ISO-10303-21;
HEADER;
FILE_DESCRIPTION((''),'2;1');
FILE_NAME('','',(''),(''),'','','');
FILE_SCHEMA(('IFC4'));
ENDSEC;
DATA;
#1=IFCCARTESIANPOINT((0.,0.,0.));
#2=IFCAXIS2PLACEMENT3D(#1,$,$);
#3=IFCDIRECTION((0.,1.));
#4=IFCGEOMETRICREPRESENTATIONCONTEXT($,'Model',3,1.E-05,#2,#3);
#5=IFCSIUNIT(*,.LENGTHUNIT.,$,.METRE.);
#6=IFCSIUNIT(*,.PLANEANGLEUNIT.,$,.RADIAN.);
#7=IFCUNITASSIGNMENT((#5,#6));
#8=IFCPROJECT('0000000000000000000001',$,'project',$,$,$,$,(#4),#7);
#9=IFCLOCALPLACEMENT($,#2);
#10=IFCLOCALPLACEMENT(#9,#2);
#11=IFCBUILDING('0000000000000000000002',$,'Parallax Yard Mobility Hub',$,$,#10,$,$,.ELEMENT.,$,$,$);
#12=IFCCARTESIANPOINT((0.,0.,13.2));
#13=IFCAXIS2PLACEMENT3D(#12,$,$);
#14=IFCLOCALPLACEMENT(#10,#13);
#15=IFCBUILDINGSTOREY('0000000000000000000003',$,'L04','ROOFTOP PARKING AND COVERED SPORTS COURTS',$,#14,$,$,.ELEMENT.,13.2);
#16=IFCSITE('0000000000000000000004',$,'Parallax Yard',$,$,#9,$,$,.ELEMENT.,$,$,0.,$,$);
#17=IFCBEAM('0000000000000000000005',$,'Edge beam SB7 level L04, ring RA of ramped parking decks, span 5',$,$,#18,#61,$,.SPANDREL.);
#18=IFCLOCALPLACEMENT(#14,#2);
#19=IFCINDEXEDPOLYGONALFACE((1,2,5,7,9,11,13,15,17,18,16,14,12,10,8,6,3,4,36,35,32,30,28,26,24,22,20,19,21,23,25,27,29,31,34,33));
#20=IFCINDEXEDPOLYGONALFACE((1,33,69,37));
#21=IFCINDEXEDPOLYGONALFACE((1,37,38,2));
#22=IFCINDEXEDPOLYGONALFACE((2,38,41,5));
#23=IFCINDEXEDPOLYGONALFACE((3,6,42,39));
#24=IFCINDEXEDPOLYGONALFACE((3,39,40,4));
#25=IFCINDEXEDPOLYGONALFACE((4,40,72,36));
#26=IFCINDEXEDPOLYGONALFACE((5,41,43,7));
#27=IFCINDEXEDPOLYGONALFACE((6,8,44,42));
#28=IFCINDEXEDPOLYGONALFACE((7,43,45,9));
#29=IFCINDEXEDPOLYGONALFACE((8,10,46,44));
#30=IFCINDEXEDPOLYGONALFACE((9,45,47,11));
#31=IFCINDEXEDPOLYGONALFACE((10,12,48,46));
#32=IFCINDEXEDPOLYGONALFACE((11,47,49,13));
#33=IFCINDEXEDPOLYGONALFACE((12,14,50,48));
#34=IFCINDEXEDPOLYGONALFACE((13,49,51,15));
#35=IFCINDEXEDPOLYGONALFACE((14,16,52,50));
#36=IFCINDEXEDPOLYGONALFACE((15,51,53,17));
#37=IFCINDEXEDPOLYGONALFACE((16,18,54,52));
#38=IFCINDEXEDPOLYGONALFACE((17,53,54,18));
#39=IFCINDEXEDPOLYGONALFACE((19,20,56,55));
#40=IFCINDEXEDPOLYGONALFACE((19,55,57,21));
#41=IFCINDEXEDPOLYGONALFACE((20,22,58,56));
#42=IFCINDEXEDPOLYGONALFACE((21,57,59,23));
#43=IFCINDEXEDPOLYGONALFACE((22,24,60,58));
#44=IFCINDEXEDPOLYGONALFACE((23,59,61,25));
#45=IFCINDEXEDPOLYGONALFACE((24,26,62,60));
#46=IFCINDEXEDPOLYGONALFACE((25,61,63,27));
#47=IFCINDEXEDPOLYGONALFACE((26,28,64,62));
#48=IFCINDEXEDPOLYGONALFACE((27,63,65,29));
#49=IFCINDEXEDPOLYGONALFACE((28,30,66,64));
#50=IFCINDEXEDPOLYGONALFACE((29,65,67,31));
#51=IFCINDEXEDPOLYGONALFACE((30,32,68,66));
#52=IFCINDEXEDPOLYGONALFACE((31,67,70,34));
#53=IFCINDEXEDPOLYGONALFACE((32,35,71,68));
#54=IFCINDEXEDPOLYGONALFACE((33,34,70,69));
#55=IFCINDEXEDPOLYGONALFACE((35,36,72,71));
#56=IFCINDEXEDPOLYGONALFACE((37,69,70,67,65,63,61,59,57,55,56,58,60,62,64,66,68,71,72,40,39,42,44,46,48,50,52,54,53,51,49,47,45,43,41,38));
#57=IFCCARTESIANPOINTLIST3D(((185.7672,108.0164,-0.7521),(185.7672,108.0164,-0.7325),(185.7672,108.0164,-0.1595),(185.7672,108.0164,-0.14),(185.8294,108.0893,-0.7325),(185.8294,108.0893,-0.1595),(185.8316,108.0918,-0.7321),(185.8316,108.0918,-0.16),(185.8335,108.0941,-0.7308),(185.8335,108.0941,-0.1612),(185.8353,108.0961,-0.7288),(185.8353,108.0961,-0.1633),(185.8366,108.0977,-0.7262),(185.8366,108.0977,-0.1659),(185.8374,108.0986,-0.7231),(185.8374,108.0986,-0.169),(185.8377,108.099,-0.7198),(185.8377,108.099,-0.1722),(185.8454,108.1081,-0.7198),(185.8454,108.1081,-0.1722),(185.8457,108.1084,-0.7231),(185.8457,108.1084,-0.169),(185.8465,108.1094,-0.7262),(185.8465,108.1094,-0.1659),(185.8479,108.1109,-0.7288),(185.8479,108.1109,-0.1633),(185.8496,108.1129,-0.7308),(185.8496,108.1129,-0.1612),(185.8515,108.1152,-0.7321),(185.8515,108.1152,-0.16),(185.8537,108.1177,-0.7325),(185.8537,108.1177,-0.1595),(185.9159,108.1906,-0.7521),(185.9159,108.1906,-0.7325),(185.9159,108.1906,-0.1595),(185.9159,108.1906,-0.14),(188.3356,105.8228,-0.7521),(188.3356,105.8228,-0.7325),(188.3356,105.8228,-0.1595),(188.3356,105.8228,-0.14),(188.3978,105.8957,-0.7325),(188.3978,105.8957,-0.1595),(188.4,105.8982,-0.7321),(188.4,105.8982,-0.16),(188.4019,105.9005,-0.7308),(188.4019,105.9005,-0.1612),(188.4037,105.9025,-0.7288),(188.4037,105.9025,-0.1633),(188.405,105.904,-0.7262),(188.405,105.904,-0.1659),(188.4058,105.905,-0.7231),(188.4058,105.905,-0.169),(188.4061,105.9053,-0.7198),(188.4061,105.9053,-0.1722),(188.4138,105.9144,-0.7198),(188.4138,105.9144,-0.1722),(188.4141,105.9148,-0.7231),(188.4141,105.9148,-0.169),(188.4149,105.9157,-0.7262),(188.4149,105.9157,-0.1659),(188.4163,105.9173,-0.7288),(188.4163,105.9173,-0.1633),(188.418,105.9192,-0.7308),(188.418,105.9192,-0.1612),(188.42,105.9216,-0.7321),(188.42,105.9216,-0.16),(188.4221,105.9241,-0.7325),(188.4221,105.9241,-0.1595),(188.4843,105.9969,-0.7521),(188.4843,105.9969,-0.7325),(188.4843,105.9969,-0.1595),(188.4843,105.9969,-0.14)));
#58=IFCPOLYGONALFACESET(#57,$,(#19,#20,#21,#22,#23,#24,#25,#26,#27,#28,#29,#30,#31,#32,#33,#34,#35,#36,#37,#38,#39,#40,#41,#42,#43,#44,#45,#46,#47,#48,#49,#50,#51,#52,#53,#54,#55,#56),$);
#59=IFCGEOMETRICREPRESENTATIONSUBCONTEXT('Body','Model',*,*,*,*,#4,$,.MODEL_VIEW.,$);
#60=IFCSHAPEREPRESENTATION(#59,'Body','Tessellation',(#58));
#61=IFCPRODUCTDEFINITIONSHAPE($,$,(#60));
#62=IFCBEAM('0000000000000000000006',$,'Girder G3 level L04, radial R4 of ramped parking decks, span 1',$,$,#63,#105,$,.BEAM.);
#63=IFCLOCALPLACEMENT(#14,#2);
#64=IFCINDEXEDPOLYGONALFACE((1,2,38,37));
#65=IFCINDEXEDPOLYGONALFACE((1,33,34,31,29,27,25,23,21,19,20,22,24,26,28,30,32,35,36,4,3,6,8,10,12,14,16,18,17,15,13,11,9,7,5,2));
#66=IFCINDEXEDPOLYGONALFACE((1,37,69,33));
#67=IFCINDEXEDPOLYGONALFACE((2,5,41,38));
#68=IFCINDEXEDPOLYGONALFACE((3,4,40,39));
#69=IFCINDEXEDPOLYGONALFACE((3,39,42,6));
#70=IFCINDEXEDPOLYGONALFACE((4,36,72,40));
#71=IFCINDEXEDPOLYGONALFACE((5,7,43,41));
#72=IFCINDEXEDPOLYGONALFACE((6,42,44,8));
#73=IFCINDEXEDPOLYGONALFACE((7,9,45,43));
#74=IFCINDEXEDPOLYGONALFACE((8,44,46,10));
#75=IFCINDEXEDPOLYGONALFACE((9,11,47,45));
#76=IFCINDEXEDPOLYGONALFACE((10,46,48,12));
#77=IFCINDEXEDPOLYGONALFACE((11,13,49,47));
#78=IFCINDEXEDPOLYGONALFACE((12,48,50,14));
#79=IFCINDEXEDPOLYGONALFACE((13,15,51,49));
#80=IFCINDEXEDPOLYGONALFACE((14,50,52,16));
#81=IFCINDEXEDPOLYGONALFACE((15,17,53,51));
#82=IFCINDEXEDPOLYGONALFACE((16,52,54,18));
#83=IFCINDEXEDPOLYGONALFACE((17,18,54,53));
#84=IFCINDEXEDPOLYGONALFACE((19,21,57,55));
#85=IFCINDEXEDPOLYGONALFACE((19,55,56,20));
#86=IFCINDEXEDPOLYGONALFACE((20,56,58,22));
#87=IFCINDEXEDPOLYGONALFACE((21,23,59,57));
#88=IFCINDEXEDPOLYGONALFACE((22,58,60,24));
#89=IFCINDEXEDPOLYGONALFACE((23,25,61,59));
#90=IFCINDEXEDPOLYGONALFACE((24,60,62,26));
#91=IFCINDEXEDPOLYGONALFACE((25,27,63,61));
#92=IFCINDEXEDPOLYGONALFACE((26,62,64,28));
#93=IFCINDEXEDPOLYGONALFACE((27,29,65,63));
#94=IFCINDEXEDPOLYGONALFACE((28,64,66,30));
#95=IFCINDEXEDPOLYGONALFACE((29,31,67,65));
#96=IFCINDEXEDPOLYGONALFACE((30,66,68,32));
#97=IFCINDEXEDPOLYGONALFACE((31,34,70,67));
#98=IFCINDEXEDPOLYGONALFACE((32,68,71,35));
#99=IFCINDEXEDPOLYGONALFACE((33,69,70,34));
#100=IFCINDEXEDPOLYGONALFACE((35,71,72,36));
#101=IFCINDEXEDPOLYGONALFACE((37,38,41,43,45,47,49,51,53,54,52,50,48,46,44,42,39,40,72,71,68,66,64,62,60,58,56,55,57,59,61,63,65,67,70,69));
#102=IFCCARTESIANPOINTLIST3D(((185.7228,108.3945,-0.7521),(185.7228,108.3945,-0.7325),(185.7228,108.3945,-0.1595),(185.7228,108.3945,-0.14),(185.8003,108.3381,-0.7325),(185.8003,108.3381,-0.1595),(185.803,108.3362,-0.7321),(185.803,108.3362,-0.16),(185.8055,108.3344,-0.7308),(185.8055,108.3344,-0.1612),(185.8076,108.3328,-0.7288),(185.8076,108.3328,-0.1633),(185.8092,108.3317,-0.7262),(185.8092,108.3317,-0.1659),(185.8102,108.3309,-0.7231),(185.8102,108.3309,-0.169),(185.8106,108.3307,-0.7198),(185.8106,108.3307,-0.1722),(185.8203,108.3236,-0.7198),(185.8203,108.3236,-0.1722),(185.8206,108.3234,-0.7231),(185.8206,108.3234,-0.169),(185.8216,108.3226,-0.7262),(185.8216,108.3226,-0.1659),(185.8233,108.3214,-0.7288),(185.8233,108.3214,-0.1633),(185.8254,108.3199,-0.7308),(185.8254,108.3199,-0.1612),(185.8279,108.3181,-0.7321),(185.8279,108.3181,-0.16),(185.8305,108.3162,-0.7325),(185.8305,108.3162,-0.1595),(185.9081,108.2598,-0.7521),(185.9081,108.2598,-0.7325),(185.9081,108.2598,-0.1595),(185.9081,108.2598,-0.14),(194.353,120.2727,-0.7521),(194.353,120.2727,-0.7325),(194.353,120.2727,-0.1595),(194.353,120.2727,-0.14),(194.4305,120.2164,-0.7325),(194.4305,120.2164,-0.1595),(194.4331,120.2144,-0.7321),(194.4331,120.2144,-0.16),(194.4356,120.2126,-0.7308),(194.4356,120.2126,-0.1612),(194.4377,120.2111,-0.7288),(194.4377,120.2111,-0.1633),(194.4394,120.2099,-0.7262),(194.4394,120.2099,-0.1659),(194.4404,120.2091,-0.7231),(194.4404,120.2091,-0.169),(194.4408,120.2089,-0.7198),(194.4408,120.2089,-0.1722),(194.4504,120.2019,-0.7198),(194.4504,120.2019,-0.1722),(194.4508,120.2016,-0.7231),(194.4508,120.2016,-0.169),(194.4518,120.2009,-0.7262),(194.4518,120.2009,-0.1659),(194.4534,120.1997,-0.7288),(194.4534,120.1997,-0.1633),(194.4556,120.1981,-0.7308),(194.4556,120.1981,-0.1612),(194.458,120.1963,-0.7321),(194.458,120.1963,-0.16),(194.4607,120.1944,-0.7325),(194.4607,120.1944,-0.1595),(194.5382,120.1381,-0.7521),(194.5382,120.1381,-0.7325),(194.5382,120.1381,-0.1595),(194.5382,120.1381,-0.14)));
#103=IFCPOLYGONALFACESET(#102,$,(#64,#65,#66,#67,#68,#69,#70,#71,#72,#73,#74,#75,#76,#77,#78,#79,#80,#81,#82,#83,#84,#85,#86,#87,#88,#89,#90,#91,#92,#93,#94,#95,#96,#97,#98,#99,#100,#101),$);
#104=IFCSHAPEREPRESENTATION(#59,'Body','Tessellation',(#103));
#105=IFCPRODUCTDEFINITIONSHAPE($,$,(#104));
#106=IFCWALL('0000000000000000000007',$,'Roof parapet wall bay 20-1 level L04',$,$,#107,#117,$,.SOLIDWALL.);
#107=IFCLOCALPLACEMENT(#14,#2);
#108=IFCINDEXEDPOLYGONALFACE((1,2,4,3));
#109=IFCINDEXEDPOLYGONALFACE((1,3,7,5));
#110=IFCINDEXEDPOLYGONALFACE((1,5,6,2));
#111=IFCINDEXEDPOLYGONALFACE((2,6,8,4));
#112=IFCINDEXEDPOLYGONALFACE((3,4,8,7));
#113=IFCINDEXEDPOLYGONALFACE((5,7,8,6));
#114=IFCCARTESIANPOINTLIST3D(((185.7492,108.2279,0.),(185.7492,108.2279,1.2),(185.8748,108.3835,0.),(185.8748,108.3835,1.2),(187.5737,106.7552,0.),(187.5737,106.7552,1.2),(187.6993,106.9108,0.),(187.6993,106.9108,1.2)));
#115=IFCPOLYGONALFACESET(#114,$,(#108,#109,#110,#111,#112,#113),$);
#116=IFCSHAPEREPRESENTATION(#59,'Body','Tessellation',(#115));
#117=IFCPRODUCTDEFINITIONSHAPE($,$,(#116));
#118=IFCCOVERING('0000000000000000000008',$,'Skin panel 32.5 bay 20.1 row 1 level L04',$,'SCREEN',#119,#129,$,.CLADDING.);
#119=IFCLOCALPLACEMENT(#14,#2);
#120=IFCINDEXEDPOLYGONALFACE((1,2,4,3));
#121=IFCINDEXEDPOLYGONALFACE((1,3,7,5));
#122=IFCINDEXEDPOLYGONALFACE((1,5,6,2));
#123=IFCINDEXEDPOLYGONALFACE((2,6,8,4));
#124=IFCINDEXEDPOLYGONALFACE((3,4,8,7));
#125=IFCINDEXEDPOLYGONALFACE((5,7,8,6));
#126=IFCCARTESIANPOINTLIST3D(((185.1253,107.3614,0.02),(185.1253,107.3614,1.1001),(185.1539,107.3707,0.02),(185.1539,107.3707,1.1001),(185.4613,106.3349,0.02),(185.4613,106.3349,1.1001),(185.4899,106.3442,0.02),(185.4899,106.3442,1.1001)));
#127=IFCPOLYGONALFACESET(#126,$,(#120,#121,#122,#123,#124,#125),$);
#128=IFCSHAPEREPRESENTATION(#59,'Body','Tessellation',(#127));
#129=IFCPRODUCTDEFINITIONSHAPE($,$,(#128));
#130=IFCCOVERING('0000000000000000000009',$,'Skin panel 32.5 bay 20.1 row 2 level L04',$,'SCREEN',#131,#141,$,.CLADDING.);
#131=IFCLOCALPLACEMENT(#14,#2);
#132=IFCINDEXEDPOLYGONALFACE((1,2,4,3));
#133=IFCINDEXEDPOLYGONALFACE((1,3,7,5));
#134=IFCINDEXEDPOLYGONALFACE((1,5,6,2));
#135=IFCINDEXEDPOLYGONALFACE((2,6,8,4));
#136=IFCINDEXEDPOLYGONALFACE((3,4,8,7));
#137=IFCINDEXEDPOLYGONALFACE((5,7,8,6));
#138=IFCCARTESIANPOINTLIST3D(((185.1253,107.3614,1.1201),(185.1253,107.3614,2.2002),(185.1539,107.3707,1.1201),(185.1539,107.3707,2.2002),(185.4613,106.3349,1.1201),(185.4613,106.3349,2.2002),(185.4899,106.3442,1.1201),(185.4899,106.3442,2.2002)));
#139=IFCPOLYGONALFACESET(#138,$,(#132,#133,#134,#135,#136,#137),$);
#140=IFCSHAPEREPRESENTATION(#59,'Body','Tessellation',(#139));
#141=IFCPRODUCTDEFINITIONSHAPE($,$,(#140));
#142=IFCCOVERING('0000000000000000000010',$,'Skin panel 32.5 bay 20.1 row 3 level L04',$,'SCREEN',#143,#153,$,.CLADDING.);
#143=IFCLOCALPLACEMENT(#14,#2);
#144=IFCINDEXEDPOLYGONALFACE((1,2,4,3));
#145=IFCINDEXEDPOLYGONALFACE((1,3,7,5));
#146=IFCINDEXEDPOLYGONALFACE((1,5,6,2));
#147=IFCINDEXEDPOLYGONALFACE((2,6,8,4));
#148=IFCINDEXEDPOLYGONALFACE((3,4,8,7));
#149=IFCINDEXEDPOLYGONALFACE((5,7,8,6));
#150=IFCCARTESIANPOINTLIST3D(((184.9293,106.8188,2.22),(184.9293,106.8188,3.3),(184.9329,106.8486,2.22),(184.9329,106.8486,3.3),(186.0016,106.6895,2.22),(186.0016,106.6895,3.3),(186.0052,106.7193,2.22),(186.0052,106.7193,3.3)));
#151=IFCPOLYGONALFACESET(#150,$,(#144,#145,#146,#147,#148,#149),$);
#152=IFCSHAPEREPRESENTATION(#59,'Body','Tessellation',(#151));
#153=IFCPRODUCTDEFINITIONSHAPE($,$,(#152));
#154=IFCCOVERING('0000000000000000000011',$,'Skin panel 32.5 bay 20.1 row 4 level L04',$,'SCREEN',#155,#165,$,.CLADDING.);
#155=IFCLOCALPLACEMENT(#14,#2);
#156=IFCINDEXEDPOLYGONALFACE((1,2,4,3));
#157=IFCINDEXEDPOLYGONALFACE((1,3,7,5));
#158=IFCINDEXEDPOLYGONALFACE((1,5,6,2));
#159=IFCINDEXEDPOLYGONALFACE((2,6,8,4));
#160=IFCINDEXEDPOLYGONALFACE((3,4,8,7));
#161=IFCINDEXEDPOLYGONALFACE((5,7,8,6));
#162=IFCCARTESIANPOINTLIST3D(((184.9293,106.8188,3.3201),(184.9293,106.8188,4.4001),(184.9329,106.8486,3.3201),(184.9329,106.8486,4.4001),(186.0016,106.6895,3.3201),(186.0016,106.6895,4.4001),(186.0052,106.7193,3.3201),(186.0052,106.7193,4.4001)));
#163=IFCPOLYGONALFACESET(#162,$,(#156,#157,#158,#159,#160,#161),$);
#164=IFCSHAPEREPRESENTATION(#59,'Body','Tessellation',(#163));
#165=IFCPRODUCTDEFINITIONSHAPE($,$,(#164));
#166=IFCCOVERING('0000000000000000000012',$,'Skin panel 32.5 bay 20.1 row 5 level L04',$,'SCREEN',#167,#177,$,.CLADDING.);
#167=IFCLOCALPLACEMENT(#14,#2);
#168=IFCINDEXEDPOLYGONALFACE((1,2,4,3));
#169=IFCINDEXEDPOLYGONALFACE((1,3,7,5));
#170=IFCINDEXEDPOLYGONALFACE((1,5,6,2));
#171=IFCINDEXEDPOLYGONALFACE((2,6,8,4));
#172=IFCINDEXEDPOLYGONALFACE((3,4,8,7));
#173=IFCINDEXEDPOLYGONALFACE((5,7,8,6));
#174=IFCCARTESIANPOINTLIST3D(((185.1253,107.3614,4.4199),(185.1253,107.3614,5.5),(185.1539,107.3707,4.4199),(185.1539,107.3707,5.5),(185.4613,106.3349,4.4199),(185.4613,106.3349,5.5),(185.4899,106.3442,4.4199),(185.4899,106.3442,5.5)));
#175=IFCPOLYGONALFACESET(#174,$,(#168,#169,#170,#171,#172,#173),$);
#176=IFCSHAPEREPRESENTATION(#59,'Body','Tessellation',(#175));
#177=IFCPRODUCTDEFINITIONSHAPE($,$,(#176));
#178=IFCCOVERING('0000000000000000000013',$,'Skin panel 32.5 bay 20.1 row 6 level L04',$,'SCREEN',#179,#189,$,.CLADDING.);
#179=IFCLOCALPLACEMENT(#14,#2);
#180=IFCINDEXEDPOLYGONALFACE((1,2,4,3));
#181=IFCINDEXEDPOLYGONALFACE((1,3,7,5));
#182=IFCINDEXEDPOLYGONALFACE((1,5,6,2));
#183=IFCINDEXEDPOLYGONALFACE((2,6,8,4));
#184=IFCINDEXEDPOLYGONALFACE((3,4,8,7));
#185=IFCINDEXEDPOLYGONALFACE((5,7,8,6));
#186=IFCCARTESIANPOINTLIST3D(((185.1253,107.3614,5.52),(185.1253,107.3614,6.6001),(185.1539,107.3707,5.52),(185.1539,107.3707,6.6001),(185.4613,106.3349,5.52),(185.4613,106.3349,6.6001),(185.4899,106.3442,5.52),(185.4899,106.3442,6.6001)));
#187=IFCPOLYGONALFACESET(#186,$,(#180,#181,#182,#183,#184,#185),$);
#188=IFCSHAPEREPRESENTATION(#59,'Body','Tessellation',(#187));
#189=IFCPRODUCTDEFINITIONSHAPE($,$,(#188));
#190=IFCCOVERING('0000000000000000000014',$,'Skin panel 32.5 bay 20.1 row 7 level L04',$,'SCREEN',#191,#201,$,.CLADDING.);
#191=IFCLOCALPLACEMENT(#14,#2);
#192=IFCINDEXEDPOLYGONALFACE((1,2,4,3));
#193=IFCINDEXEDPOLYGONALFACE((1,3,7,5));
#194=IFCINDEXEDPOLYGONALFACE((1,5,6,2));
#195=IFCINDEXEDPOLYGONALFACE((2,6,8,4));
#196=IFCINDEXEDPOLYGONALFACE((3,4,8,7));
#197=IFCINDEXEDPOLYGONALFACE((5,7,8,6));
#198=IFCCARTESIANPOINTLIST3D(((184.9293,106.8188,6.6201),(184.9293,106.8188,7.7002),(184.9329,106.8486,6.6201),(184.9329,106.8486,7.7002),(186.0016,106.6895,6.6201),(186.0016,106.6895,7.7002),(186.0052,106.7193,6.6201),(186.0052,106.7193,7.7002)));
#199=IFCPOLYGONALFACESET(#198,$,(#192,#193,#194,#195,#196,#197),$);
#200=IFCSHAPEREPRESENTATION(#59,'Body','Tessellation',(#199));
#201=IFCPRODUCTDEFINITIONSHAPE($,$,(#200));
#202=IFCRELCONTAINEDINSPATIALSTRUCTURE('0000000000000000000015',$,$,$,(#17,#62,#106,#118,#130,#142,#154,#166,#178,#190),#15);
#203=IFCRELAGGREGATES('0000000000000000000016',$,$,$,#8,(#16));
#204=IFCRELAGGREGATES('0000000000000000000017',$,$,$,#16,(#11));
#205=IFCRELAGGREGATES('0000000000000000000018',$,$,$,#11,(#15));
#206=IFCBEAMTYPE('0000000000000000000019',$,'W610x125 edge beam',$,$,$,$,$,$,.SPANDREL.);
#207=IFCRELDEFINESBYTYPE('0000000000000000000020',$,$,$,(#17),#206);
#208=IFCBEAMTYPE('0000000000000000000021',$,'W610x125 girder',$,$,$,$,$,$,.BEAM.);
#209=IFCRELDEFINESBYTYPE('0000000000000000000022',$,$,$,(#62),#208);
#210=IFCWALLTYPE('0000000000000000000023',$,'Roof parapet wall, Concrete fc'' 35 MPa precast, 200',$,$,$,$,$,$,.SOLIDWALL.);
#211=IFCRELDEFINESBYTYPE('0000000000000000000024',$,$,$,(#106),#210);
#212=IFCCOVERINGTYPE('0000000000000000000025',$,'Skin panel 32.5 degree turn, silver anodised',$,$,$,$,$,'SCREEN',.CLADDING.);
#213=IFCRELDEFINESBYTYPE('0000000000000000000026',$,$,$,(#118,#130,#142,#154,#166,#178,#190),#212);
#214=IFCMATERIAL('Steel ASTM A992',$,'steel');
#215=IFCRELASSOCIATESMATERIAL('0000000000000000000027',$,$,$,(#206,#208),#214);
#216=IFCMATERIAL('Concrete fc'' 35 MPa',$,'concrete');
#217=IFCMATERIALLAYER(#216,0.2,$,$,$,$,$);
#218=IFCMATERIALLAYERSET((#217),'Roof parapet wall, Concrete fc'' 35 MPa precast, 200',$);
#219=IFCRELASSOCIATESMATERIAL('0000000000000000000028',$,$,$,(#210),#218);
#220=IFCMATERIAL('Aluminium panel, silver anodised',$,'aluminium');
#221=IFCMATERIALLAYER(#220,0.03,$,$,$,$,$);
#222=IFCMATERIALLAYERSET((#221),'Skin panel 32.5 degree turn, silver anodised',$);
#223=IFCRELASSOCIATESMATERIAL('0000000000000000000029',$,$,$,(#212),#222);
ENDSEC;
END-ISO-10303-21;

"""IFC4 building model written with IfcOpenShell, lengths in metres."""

from ifc_helpers import new_model, si_unit, direction, frame, frame_2d, origin, origin_2d, place, context, subcontext, project, spatial, rectangle, i_section, extrude, material, layer, layer_set, material_profile, profile_set, type_object, element, save


model = new_model("IFC4")

# Units and contexts
model_context = context("Model", 3, precision=1e-05, world=origin(), true_north=direction((0.0, 1.0)))
body_context = subcontext(model_context, "Body", "Model", "MODEL_VIEW")
ifc_project = project(units=[si_unit("LENGTHUNIT", "METRE"), si_unit("PLANEANGLEUNIT", "RADIAN")], contexts=[model_context])

# Site, building, storey
site_placement = place(None, origin())
site = spatial("IfcSite", under=ifc_project, at=site_placement, Name="Parallax Yard", CompositionType="ELEMENT", RefElevation=0.0)
building_placement = place(site_placement, origin())
building = spatial("IfcBuilding", under=site, at=building_placement, Name="Parallax Yard Mobility Hub", CompositionType="ELEMENT")
storey_placement = place(building_placement, frame((0.0, 0.0, 13.2)))
storey = spatial("IfcBuildingStorey", under=building, at=storey_placement, Name="L04", Description="ROOFTOP PARKING AND COVERED SPORTS COURTS", CompositionType="ELEMENT", Elevation=13.2)

# Shared definitions
ifc_material_1 = material(Name="Steel ASTM A992", Category="steel")

# Beams
ifc_material_profile_1 = material_profile(ifc_material_1, i_section(OverallWidth=0.229, OverallDepth=0.6121, WebThickness=0.012, FlangeThickness=0.0195, FilletRadius=0.0127, at=origin_2d()), Name="W610x125")
ifc_profile_set_1 = profile_set([ifc_material_profile_1], Name="Steel ASTM A992")
beam_type_1 = type_object("IfcBeamType", Name="W610x125 edge beam", PredefinedType="SPANDREL", material=ifc_profile_set_1)
beam_1_placement = place(storey_placement, frame((185.8416, 108.1035, -0.446), z_axis=(0.760403, -0.649451, 0.0), x_axis=(0.649451, 0.760403, 0.0)))
element("IfcBeam", 1, at=beam_1_placement, inside=storey, type_object=beam_type_1, Name="Edge beam SB7 level L04, ring RA of ramped parking decks, span 5", PredefinedType="SPANDREL", context=body_context, shape_type="SweptSolid", body=[
    extrude(i_section(OverallWidth=0.229, OverallDepth=0.6121, WebThickness=0.012, FlangeThickness=0.0195, FilletRadius=0.0127, at=origin_2d()), origin(), (0.0, 0.0, 1.0), 3.3777),
])
ifc_material_profile_2 = material_profile(ifc_material_1, i_section(OverallWidth=0.229, OverallDepth=0.6121, WebThickness=0.012, FlangeThickness=0.0195, FilletRadius=0.0127, at=origin_2d()), Name="W610x125")
ifc_profile_set_2 = profile_set([ifc_material_profile_2], Name="Steel ASTM A992")
beam_type_2 = type_object("IfcBeamType", Name="W610x125 girder", PredefinedType="BEAM", material=ifc_profile_set_2)
beam_2_placement = place(storey_placement, frame((185.8154, 108.3271, -0.446), z_axis=(0.587791, 0.809013, 0.0), x_axis=(-0.809013, 0.587791, 0.0)))
element("IfcBeam", 2, at=beam_2_placement, inside=storey, type_object=beam_type_2, Name="Girder G3 level L04, radial R4 of ramped parking decks, span 1", PredefinedType="BEAM", context=body_context, shape_type="SweptSolid", body=[
    extrude(i_section(OverallWidth=0.229, OverallDepth=0.6121, WebThickness=0.012, FlangeThickness=0.0195, FilletRadius=0.0127, at=origin_2d()), origin(), (0.0, 0.0, 1.0), 14.6824),
])

# Wall
ifc_material_2 = material(Name="Concrete fc' 35 MPa", Category="concrete")
ifc_layer_1 = layer(ifc_material_2, 0.2)
ifc_layer_set_1 = layer_set([ifc_layer_1], Name="Roof parapet wall, Concrete fc' 35 MPa precast, 200")
wall_type = type_object("IfcWallType", Name="Roof parapet wall, Concrete fc' 35 MPa precast, 200", PredefinedType="SOLIDWALL", material=ifc_layer_set_1)
wall_placement = place(storey_placement, frame((185.812, 108.3057, 0.0), z_axis=(0.0, 0.0, 1.0), x_axis=(0.778139, -0.628092, 0.0)))
element("IfcWall", 3, at=wall_placement, inside=storey, type_object=wall_type, Name="Roof parapet wall bay 20-1 level L04", PredefinedType="SOLIDWALL", context=body_context, shape_type="SweptSolid", body=[
    extrude(rectangle(XDim=2.3447, YDim=0.2, at=frame_2d((1.1724, 0.0))), origin(), (0.0, 0.0, 1.0), 1.2),
])

# Coverings
ifc_material_3 = material(Name="Aluminium panel, silver anodised", Category="aluminium")
ifc_layer_2 = layer(ifc_material_3, 0.03)
ifc_layer_set_2 = layer_set([ifc_layer_2], Name="Skin panel 32.5 degree turn, silver anodised")
covering_type_1 = type_object("IfcCoveringType", Name="Skin panel 32.5 degree turn, silver anodised", ElementType="SCREEN", PredefinedType="CLADDING", material=ifc_layer_set_2)
for number, where, z_axis, x_axis, name in (
    (4, (185.3076, 106.8528, 0.02), (0.0, 0.0, 1.0), (0.311091, -0.95038, 0.0), "Skin panel 32.5 bay 20.1 row 1 level L04"),
    (5, (185.3076, 106.8528, 1.1201), (0.0, 0.0, 1.0), (0.311091, -0.95038, 0.0), "Skin panel 32.5 bay 20.1 row 2 level L04"),
    (6, (185.4673, 106.769, 2.22), (0.0, 0.0, 1.0), (-0.99281, 0.119704, 0.0), "Skin panel 32.5 bay 20.1 row 3 level L04"),
    (7, (185.4673, 106.769, 3.3201), (0.0, 0.0, 1.0), (-0.99281, 0.119704, 0.0), "Skin panel 32.5 bay 20.1 row 4 level L04"),
    (8, (185.3076, 106.8528, 4.4199), (0.0, 0.0, 1.0), (0.311091, -0.95038, 0.0), "Skin panel 32.5 bay 20.1 row 5 level L04"),
    (9, (185.3076, 106.8528, 5.52), (0.0, 0.0, 1.0), (0.311091, -0.95038, 0.0), "Skin panel 32.5 bay 20.1 row 6 level L04"),
    (10, (185.4673, 106.769, 6.6201), (0.0, 0.0, 1.0), (-0.99281, 0.119704, 0.0), "Skin panel 32.5 bay 20.1 row 7 level L04"),
):
    element("IfcCovering", number, at=place(storey_placement, frame(where, z_axis=z_axis, x_axis=x_axis)), inside=storey, type_object=covering_type_1, Name=name, ObjectType="SCREEN", PredefinedType="CLADDING", context=body_context, shape_type="SweptSolid", body=[
        extrude(rectangle(XDim=1.0801, YDim=0.03, at=origin_2d()), origin(), (0.0, 0.0, 1.0), 1.0801),
    ])

save(model, "model.ifc")
